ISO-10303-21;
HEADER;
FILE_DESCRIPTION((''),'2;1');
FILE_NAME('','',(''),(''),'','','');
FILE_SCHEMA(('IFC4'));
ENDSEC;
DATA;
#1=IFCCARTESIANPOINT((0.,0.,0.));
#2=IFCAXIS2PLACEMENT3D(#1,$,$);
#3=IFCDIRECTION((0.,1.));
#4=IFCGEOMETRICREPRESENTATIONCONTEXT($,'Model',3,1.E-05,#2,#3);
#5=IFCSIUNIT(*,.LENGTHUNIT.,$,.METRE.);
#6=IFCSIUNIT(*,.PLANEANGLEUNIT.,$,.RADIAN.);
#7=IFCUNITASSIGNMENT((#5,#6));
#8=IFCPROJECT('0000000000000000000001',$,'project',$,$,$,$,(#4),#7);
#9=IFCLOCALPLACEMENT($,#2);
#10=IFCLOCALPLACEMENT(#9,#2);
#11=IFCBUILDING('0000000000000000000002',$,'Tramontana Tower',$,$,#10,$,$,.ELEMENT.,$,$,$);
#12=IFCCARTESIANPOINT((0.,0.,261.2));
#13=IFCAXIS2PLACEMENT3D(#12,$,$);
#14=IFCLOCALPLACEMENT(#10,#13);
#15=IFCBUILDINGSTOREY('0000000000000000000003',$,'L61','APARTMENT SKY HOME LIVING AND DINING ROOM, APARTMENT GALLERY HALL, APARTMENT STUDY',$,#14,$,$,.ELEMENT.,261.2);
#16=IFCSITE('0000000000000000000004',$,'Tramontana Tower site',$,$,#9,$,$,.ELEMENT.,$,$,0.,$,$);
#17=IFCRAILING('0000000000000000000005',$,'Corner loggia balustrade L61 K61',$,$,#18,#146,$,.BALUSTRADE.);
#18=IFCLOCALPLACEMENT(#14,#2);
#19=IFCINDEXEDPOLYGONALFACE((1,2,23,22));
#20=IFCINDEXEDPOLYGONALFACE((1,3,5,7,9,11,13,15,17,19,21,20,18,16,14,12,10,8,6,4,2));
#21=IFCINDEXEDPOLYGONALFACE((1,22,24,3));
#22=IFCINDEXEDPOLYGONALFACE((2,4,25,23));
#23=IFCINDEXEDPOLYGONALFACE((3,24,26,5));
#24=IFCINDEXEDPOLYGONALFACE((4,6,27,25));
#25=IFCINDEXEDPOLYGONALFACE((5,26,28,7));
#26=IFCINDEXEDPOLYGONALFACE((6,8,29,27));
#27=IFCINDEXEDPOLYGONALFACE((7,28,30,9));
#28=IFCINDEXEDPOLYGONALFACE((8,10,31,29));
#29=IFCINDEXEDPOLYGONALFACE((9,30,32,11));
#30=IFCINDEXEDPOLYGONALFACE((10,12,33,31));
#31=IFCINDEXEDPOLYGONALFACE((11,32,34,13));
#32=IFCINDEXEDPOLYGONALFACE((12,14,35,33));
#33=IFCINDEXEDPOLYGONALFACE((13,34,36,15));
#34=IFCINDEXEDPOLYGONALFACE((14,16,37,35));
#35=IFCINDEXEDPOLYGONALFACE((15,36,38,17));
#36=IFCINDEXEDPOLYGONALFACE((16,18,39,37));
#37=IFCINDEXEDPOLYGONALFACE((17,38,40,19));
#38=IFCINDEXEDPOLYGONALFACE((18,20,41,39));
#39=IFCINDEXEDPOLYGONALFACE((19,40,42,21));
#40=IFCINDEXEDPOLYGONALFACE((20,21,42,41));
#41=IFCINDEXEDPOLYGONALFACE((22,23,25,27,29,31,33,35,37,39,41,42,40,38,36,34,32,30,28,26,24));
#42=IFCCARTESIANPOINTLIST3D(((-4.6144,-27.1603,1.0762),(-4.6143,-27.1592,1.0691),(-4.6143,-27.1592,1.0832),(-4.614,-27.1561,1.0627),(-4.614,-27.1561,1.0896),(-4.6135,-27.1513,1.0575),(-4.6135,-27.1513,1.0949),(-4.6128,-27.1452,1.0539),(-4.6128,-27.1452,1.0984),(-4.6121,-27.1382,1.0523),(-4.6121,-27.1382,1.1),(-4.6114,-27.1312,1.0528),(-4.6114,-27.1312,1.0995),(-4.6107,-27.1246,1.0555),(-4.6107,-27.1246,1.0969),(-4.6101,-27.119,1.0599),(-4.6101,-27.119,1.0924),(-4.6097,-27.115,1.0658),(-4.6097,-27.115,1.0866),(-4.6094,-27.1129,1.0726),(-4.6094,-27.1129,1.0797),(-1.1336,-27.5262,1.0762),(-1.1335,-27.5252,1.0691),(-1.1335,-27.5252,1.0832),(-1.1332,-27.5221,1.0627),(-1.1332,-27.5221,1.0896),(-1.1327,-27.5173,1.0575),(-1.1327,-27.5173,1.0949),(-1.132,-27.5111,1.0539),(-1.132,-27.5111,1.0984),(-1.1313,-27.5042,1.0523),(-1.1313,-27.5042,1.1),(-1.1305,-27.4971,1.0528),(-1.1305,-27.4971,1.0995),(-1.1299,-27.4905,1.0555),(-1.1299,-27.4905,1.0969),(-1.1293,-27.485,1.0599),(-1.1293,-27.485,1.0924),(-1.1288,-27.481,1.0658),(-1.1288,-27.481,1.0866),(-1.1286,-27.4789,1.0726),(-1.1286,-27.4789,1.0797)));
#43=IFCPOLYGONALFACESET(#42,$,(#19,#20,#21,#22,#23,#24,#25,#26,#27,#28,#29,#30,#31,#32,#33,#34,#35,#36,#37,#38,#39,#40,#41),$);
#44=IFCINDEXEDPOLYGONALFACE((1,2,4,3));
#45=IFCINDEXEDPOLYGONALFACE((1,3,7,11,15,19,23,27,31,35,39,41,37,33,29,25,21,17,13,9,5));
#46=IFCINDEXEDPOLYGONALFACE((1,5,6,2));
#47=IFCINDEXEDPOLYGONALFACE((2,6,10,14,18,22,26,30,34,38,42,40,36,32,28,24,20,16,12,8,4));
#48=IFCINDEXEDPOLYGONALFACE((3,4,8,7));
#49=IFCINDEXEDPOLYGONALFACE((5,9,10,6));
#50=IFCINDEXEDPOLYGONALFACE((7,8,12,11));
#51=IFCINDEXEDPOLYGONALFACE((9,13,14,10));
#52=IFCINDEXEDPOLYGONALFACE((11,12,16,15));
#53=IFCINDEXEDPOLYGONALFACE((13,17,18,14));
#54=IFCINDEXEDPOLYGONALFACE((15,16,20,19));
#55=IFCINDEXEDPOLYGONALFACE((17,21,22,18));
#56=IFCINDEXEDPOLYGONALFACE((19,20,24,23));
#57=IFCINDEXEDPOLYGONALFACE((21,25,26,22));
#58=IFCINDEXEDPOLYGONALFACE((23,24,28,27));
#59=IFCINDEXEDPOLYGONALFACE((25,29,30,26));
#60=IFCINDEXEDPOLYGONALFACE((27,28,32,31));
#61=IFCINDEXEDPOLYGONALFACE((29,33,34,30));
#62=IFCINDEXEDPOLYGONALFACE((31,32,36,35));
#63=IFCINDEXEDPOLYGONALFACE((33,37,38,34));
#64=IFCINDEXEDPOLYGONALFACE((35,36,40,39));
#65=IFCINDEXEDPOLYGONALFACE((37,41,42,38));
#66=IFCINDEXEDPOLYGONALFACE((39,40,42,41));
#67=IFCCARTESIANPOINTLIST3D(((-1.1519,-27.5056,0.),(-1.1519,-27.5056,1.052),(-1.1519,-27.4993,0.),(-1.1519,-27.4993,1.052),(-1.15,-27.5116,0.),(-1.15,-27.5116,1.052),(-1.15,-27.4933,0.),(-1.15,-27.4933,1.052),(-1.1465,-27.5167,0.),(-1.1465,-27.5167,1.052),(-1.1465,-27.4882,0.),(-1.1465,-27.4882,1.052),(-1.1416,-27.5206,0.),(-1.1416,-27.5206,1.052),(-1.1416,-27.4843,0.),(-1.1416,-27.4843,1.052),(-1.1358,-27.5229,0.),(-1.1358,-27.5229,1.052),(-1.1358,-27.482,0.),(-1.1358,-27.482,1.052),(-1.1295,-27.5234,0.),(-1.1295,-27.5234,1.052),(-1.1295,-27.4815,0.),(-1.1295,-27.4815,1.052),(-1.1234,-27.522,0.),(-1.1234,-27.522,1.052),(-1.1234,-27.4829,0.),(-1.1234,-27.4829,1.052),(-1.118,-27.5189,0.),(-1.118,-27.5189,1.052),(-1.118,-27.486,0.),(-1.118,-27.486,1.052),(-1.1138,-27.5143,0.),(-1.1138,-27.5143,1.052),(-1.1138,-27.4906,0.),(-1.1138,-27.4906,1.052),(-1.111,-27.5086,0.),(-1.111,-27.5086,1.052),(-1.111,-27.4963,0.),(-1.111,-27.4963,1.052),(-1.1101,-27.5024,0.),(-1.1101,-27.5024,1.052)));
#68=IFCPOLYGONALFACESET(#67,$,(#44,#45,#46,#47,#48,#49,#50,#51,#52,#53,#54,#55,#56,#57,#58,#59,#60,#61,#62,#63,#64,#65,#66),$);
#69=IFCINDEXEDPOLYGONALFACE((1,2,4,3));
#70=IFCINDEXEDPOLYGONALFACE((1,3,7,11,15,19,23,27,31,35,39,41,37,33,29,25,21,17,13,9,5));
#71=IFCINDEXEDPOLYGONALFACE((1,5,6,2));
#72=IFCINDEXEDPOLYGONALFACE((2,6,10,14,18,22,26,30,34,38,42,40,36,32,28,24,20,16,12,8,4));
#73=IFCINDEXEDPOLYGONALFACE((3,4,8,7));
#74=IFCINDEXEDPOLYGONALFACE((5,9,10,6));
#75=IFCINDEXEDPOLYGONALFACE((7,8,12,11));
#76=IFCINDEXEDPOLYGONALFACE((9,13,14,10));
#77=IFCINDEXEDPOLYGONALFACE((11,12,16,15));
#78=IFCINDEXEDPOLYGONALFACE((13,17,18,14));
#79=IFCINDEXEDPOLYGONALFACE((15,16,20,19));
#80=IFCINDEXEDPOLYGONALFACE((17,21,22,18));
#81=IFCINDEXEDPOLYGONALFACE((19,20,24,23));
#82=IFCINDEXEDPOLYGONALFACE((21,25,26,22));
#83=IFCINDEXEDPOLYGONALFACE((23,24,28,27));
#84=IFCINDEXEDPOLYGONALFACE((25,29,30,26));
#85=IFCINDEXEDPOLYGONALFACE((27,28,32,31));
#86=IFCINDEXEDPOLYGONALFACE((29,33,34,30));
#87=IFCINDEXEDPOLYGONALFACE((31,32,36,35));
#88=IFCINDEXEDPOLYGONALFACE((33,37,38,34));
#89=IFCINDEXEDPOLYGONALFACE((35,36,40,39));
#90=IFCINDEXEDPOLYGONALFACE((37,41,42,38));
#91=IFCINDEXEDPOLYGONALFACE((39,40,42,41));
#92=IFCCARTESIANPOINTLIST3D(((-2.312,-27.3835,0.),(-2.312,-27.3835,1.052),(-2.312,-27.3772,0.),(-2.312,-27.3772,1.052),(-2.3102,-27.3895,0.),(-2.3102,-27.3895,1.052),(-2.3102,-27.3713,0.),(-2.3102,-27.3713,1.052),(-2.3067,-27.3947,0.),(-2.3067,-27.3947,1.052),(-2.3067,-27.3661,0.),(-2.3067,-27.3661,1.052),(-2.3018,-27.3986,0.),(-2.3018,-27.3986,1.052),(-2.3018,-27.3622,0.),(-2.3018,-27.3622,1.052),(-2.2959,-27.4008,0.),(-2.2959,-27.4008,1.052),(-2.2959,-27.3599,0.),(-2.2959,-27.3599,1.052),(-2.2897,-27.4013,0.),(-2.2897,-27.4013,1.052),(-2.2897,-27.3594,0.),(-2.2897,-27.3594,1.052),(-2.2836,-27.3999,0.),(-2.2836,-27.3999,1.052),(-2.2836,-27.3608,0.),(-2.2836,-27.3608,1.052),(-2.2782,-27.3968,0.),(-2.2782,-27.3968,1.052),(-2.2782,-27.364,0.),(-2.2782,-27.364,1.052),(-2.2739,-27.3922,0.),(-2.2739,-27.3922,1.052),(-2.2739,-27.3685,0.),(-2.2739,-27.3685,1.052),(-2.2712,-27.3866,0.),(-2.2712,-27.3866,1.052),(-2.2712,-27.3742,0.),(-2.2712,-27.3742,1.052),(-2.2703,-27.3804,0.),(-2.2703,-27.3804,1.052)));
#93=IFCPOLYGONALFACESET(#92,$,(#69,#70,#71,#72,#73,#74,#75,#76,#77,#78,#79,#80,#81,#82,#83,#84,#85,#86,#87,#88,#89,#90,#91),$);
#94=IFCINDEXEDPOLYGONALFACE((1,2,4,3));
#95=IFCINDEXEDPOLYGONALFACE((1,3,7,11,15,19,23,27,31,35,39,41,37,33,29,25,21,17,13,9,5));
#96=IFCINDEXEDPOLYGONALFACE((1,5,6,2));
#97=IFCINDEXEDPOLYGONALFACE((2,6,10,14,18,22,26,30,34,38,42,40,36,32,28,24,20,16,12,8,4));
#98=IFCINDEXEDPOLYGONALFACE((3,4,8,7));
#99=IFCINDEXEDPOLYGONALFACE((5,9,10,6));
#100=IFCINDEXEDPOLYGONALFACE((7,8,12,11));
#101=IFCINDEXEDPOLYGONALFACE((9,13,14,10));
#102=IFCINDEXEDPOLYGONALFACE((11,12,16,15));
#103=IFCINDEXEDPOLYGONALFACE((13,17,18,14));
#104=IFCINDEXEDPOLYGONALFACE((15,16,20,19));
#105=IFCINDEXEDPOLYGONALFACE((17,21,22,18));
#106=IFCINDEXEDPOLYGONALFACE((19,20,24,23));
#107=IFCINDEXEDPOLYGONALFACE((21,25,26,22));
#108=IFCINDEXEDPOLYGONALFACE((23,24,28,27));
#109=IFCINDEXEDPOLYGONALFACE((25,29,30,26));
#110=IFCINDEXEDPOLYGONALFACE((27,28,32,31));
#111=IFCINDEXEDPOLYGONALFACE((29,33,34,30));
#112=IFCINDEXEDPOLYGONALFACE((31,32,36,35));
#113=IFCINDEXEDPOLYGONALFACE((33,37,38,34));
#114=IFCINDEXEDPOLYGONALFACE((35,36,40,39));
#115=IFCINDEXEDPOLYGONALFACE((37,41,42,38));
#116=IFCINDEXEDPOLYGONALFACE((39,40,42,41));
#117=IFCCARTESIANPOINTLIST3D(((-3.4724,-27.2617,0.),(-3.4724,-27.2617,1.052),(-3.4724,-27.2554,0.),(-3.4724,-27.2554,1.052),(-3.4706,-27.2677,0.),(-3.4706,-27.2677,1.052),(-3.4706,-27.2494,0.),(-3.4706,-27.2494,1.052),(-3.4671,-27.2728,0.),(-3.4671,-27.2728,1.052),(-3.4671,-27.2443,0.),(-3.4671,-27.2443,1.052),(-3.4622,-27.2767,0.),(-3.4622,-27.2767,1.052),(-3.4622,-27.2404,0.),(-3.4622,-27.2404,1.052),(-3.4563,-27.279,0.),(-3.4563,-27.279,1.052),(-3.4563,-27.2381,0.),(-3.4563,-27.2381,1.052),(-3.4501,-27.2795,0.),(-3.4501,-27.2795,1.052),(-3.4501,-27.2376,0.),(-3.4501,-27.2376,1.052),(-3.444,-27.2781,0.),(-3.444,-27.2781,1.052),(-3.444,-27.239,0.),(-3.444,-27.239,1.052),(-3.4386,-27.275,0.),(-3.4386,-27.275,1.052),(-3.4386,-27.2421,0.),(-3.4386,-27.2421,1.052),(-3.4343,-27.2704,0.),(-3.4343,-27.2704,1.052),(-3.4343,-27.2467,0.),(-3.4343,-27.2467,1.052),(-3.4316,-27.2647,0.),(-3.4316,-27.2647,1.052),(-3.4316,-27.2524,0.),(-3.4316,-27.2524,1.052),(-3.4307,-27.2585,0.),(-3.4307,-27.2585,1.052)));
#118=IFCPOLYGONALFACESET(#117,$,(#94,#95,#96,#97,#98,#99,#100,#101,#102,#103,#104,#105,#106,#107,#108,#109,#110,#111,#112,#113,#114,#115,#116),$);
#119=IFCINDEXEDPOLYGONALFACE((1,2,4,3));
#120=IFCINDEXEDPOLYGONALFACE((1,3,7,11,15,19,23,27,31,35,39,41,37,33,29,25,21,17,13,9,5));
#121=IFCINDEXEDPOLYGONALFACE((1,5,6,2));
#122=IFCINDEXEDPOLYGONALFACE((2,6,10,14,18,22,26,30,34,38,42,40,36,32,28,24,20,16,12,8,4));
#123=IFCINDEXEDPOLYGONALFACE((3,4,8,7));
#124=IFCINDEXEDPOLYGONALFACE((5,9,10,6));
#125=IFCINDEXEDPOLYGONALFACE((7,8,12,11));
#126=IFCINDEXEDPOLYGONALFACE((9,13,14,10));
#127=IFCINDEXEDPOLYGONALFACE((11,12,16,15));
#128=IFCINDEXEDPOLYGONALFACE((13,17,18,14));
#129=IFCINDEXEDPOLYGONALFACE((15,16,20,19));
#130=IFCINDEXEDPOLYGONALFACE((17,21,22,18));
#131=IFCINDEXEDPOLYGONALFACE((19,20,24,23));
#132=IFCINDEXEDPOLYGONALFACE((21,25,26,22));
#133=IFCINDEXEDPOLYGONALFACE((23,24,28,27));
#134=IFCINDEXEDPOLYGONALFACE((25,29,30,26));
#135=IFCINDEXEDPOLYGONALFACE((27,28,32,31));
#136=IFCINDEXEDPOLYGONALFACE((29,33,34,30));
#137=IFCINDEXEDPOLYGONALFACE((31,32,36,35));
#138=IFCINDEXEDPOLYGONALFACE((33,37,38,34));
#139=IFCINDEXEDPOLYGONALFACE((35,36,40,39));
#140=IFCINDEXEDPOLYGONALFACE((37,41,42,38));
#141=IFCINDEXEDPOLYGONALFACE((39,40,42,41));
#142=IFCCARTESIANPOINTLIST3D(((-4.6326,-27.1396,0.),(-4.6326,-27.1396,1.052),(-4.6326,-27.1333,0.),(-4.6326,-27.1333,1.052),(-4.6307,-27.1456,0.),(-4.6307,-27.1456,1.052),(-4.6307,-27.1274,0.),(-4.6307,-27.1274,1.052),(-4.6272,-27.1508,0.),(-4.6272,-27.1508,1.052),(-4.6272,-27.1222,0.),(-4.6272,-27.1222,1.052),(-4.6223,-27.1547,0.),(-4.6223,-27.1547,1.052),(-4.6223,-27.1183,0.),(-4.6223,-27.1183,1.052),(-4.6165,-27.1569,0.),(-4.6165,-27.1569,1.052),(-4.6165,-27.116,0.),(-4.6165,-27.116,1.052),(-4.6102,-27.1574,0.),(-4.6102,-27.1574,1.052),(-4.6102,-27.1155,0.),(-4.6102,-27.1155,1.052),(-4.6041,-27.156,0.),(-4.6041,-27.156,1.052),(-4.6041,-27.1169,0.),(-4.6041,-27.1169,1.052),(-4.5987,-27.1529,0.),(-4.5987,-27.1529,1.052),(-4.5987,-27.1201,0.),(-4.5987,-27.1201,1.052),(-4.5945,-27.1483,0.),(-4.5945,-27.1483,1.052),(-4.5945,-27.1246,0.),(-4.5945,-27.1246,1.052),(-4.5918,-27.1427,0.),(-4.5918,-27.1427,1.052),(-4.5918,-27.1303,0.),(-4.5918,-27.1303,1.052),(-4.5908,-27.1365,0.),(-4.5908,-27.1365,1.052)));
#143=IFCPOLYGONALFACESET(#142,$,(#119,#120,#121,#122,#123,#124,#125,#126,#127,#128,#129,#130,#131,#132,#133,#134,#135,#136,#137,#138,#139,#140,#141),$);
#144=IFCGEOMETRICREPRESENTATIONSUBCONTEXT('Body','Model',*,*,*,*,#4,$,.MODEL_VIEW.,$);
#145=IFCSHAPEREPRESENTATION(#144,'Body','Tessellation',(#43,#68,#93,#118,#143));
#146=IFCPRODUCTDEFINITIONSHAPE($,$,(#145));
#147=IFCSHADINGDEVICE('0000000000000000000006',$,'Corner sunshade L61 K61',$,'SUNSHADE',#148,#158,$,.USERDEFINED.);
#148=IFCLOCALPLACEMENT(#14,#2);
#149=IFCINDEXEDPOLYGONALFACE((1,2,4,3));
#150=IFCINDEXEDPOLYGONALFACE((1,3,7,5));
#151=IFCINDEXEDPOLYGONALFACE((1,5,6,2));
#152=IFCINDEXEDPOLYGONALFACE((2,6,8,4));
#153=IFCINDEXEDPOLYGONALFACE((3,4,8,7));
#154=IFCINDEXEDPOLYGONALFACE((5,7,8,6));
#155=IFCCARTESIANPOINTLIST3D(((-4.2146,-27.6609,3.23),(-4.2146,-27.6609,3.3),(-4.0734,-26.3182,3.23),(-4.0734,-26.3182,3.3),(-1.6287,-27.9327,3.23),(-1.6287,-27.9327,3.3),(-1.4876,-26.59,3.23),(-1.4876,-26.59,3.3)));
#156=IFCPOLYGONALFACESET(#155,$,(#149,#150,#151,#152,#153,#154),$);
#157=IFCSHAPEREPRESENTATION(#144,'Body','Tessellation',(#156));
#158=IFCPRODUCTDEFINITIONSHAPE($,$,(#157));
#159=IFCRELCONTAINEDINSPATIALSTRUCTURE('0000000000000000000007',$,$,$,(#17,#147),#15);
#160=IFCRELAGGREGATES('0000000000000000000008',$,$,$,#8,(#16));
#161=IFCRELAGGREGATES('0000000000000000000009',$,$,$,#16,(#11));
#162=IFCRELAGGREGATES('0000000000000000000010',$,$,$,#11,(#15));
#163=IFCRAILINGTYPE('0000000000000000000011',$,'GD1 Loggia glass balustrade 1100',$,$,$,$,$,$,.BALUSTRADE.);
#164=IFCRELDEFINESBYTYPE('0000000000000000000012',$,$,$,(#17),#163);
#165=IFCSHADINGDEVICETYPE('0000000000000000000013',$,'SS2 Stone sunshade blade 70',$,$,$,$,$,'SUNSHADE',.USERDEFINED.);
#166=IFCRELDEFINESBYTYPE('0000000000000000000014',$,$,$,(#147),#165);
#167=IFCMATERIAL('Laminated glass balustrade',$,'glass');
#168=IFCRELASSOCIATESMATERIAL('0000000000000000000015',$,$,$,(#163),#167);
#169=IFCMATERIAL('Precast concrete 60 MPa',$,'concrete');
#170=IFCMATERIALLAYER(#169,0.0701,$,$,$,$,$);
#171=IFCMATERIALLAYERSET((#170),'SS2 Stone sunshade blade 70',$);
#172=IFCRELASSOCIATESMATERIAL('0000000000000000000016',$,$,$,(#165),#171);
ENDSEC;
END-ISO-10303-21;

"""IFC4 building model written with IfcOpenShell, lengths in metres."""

from ifc_helpers import new_model, si_unit, direction, frame, origin, origin_2d, place, context, subcontext, project, spatial, rectangle, circle, extrude, material, layer, layer_set, type_object, element, save


model = new_model("IFC4")

# Units and contexts
model_context = context("Model", 3, precision=1e-05, world=origin(), true_north=direction((0.0, 1.0)))
body_context = subcontext(model_context, "Body", "Model", "MODEL_VIEW")
ifc_project = project(units=[si_unit("LENGTHUNIT", "METRE"), si_unit("PLANEANGLEUNIT", "RADIAN")], contexts=[model_context])

# Site, building, storey
site_placement = place(None, origin())
site = spatial("IfcSite", under=ifc_project, at=site_placement, Name="Tramontana Tower site", CompositionType="ELEMENT", RefElevation=0.0)
building_placement = place(site_placement, origin())
building = spatial("IfcBuilding", under=site, at=building_placement, Name="Tramontana Tower", CompositionType="ELEMENT")
storey_placement = place(building_placement, frame((0.0, 0.0, 261.2)))
storey = spatial("IfcBuildingStorey", under=building, at=storey_placement, Name="L61", Description="APARTMENT SKY HOME LIVING AND DINING ROOM, APARTMENT GALLERY HALL, APARTMENT STUDY", CompositionType="ELEMENT", Elevation=261.2)

# Railing
ifc_material_1 = material(Name="Laminated glass balustrade", Category="glass")
railing_type = type_object("IfcRailingType", Name="GD1 Loggia glass balustrade 1100", PredefinedType="BALUSTRADE", material=ifc_material_1)
railing_1_placement = place(storey_placement, frame((-1.1311, -27.5024, 0.0)))
element("IfcRailing", 1, at=railing_1_placement, inside=storey, type_object=railing_type, Name="Corner loggia balustrade L61 K61", PredefinedType="BALUSTRADE", context=body_context, shape_type="SweptSolid", body=[
    extrude(circle(Radius=0.0239, at=origin_2d()), frame((0.0, 0.0, 1.0762), z_axis=(-0.994518, 0.104565, 0.0), x_axis=(-0.104565, -0.994518, 0.0)), (0.0, 0.0, 1.0), 3.5),
    extrude(circle(Radius=0.021, at=origin_2d()), origin(), (0.0, 0.0, 1.0), 1.052),
    extrude(circle(Radius=0.021, at=origin_2d()), frame((-1.1602, 0.1221, 0.0)), (0.0, 0.0, 1.0), 1.052),
    extrude(circle(Radius=0.021, at=origin_2d()), frame((-2.3206, 0.2439, 0.0)), (0.0, 0.0, 1.0), 1.052),
    extrude(circle(Radius=0.021, at=origin_2d()), frame((-3.4807, 0.366, 0.0)), (0.0, 0.0, 1.0), 1.052),
])

# Shading device
ifc_material_2 = material(Name="Precast concrete 60 MPa", Category="concrete")
ifc_layer_1 = layer(ifc_material_2, 0.0701)
ifc_layer_set_1 = layer_set([ifc_layer_1], Name="SS2 Stone sunshade blade 70")
shading_device_type = type_object("IfcShadingDeviceType", Name="SS2 Stone sunshade blade 70", ElementType="SUNSHADE", PredefinedType="USERDEFINED", material=ifc_layer_set_1)
shading_device_placement = place(storey_placement, frame((-2.8511, -27.1255, 3.23), z_axis=(0.0, 0.0, 1.0), x_axis=(-0.994522, 0.104528, 0.0)))
element("IfcShadingDevice", 2, at=shading_device_placement, inside=storey, type_object=shading_device_type, Name="Corner sunshade L61 K61", ObjectType="SUNSHADE", PredefinedType="USERDEFINED", context=body_context, shape_type="SweptSolid", body=[
    extrude(rectangle(XDim=2.6001, YDim=1.3501, at=origin_2d()), origin(), (0.0, 0.0, 1.0), 0.0701),
])

save(model, "model.ifc")
